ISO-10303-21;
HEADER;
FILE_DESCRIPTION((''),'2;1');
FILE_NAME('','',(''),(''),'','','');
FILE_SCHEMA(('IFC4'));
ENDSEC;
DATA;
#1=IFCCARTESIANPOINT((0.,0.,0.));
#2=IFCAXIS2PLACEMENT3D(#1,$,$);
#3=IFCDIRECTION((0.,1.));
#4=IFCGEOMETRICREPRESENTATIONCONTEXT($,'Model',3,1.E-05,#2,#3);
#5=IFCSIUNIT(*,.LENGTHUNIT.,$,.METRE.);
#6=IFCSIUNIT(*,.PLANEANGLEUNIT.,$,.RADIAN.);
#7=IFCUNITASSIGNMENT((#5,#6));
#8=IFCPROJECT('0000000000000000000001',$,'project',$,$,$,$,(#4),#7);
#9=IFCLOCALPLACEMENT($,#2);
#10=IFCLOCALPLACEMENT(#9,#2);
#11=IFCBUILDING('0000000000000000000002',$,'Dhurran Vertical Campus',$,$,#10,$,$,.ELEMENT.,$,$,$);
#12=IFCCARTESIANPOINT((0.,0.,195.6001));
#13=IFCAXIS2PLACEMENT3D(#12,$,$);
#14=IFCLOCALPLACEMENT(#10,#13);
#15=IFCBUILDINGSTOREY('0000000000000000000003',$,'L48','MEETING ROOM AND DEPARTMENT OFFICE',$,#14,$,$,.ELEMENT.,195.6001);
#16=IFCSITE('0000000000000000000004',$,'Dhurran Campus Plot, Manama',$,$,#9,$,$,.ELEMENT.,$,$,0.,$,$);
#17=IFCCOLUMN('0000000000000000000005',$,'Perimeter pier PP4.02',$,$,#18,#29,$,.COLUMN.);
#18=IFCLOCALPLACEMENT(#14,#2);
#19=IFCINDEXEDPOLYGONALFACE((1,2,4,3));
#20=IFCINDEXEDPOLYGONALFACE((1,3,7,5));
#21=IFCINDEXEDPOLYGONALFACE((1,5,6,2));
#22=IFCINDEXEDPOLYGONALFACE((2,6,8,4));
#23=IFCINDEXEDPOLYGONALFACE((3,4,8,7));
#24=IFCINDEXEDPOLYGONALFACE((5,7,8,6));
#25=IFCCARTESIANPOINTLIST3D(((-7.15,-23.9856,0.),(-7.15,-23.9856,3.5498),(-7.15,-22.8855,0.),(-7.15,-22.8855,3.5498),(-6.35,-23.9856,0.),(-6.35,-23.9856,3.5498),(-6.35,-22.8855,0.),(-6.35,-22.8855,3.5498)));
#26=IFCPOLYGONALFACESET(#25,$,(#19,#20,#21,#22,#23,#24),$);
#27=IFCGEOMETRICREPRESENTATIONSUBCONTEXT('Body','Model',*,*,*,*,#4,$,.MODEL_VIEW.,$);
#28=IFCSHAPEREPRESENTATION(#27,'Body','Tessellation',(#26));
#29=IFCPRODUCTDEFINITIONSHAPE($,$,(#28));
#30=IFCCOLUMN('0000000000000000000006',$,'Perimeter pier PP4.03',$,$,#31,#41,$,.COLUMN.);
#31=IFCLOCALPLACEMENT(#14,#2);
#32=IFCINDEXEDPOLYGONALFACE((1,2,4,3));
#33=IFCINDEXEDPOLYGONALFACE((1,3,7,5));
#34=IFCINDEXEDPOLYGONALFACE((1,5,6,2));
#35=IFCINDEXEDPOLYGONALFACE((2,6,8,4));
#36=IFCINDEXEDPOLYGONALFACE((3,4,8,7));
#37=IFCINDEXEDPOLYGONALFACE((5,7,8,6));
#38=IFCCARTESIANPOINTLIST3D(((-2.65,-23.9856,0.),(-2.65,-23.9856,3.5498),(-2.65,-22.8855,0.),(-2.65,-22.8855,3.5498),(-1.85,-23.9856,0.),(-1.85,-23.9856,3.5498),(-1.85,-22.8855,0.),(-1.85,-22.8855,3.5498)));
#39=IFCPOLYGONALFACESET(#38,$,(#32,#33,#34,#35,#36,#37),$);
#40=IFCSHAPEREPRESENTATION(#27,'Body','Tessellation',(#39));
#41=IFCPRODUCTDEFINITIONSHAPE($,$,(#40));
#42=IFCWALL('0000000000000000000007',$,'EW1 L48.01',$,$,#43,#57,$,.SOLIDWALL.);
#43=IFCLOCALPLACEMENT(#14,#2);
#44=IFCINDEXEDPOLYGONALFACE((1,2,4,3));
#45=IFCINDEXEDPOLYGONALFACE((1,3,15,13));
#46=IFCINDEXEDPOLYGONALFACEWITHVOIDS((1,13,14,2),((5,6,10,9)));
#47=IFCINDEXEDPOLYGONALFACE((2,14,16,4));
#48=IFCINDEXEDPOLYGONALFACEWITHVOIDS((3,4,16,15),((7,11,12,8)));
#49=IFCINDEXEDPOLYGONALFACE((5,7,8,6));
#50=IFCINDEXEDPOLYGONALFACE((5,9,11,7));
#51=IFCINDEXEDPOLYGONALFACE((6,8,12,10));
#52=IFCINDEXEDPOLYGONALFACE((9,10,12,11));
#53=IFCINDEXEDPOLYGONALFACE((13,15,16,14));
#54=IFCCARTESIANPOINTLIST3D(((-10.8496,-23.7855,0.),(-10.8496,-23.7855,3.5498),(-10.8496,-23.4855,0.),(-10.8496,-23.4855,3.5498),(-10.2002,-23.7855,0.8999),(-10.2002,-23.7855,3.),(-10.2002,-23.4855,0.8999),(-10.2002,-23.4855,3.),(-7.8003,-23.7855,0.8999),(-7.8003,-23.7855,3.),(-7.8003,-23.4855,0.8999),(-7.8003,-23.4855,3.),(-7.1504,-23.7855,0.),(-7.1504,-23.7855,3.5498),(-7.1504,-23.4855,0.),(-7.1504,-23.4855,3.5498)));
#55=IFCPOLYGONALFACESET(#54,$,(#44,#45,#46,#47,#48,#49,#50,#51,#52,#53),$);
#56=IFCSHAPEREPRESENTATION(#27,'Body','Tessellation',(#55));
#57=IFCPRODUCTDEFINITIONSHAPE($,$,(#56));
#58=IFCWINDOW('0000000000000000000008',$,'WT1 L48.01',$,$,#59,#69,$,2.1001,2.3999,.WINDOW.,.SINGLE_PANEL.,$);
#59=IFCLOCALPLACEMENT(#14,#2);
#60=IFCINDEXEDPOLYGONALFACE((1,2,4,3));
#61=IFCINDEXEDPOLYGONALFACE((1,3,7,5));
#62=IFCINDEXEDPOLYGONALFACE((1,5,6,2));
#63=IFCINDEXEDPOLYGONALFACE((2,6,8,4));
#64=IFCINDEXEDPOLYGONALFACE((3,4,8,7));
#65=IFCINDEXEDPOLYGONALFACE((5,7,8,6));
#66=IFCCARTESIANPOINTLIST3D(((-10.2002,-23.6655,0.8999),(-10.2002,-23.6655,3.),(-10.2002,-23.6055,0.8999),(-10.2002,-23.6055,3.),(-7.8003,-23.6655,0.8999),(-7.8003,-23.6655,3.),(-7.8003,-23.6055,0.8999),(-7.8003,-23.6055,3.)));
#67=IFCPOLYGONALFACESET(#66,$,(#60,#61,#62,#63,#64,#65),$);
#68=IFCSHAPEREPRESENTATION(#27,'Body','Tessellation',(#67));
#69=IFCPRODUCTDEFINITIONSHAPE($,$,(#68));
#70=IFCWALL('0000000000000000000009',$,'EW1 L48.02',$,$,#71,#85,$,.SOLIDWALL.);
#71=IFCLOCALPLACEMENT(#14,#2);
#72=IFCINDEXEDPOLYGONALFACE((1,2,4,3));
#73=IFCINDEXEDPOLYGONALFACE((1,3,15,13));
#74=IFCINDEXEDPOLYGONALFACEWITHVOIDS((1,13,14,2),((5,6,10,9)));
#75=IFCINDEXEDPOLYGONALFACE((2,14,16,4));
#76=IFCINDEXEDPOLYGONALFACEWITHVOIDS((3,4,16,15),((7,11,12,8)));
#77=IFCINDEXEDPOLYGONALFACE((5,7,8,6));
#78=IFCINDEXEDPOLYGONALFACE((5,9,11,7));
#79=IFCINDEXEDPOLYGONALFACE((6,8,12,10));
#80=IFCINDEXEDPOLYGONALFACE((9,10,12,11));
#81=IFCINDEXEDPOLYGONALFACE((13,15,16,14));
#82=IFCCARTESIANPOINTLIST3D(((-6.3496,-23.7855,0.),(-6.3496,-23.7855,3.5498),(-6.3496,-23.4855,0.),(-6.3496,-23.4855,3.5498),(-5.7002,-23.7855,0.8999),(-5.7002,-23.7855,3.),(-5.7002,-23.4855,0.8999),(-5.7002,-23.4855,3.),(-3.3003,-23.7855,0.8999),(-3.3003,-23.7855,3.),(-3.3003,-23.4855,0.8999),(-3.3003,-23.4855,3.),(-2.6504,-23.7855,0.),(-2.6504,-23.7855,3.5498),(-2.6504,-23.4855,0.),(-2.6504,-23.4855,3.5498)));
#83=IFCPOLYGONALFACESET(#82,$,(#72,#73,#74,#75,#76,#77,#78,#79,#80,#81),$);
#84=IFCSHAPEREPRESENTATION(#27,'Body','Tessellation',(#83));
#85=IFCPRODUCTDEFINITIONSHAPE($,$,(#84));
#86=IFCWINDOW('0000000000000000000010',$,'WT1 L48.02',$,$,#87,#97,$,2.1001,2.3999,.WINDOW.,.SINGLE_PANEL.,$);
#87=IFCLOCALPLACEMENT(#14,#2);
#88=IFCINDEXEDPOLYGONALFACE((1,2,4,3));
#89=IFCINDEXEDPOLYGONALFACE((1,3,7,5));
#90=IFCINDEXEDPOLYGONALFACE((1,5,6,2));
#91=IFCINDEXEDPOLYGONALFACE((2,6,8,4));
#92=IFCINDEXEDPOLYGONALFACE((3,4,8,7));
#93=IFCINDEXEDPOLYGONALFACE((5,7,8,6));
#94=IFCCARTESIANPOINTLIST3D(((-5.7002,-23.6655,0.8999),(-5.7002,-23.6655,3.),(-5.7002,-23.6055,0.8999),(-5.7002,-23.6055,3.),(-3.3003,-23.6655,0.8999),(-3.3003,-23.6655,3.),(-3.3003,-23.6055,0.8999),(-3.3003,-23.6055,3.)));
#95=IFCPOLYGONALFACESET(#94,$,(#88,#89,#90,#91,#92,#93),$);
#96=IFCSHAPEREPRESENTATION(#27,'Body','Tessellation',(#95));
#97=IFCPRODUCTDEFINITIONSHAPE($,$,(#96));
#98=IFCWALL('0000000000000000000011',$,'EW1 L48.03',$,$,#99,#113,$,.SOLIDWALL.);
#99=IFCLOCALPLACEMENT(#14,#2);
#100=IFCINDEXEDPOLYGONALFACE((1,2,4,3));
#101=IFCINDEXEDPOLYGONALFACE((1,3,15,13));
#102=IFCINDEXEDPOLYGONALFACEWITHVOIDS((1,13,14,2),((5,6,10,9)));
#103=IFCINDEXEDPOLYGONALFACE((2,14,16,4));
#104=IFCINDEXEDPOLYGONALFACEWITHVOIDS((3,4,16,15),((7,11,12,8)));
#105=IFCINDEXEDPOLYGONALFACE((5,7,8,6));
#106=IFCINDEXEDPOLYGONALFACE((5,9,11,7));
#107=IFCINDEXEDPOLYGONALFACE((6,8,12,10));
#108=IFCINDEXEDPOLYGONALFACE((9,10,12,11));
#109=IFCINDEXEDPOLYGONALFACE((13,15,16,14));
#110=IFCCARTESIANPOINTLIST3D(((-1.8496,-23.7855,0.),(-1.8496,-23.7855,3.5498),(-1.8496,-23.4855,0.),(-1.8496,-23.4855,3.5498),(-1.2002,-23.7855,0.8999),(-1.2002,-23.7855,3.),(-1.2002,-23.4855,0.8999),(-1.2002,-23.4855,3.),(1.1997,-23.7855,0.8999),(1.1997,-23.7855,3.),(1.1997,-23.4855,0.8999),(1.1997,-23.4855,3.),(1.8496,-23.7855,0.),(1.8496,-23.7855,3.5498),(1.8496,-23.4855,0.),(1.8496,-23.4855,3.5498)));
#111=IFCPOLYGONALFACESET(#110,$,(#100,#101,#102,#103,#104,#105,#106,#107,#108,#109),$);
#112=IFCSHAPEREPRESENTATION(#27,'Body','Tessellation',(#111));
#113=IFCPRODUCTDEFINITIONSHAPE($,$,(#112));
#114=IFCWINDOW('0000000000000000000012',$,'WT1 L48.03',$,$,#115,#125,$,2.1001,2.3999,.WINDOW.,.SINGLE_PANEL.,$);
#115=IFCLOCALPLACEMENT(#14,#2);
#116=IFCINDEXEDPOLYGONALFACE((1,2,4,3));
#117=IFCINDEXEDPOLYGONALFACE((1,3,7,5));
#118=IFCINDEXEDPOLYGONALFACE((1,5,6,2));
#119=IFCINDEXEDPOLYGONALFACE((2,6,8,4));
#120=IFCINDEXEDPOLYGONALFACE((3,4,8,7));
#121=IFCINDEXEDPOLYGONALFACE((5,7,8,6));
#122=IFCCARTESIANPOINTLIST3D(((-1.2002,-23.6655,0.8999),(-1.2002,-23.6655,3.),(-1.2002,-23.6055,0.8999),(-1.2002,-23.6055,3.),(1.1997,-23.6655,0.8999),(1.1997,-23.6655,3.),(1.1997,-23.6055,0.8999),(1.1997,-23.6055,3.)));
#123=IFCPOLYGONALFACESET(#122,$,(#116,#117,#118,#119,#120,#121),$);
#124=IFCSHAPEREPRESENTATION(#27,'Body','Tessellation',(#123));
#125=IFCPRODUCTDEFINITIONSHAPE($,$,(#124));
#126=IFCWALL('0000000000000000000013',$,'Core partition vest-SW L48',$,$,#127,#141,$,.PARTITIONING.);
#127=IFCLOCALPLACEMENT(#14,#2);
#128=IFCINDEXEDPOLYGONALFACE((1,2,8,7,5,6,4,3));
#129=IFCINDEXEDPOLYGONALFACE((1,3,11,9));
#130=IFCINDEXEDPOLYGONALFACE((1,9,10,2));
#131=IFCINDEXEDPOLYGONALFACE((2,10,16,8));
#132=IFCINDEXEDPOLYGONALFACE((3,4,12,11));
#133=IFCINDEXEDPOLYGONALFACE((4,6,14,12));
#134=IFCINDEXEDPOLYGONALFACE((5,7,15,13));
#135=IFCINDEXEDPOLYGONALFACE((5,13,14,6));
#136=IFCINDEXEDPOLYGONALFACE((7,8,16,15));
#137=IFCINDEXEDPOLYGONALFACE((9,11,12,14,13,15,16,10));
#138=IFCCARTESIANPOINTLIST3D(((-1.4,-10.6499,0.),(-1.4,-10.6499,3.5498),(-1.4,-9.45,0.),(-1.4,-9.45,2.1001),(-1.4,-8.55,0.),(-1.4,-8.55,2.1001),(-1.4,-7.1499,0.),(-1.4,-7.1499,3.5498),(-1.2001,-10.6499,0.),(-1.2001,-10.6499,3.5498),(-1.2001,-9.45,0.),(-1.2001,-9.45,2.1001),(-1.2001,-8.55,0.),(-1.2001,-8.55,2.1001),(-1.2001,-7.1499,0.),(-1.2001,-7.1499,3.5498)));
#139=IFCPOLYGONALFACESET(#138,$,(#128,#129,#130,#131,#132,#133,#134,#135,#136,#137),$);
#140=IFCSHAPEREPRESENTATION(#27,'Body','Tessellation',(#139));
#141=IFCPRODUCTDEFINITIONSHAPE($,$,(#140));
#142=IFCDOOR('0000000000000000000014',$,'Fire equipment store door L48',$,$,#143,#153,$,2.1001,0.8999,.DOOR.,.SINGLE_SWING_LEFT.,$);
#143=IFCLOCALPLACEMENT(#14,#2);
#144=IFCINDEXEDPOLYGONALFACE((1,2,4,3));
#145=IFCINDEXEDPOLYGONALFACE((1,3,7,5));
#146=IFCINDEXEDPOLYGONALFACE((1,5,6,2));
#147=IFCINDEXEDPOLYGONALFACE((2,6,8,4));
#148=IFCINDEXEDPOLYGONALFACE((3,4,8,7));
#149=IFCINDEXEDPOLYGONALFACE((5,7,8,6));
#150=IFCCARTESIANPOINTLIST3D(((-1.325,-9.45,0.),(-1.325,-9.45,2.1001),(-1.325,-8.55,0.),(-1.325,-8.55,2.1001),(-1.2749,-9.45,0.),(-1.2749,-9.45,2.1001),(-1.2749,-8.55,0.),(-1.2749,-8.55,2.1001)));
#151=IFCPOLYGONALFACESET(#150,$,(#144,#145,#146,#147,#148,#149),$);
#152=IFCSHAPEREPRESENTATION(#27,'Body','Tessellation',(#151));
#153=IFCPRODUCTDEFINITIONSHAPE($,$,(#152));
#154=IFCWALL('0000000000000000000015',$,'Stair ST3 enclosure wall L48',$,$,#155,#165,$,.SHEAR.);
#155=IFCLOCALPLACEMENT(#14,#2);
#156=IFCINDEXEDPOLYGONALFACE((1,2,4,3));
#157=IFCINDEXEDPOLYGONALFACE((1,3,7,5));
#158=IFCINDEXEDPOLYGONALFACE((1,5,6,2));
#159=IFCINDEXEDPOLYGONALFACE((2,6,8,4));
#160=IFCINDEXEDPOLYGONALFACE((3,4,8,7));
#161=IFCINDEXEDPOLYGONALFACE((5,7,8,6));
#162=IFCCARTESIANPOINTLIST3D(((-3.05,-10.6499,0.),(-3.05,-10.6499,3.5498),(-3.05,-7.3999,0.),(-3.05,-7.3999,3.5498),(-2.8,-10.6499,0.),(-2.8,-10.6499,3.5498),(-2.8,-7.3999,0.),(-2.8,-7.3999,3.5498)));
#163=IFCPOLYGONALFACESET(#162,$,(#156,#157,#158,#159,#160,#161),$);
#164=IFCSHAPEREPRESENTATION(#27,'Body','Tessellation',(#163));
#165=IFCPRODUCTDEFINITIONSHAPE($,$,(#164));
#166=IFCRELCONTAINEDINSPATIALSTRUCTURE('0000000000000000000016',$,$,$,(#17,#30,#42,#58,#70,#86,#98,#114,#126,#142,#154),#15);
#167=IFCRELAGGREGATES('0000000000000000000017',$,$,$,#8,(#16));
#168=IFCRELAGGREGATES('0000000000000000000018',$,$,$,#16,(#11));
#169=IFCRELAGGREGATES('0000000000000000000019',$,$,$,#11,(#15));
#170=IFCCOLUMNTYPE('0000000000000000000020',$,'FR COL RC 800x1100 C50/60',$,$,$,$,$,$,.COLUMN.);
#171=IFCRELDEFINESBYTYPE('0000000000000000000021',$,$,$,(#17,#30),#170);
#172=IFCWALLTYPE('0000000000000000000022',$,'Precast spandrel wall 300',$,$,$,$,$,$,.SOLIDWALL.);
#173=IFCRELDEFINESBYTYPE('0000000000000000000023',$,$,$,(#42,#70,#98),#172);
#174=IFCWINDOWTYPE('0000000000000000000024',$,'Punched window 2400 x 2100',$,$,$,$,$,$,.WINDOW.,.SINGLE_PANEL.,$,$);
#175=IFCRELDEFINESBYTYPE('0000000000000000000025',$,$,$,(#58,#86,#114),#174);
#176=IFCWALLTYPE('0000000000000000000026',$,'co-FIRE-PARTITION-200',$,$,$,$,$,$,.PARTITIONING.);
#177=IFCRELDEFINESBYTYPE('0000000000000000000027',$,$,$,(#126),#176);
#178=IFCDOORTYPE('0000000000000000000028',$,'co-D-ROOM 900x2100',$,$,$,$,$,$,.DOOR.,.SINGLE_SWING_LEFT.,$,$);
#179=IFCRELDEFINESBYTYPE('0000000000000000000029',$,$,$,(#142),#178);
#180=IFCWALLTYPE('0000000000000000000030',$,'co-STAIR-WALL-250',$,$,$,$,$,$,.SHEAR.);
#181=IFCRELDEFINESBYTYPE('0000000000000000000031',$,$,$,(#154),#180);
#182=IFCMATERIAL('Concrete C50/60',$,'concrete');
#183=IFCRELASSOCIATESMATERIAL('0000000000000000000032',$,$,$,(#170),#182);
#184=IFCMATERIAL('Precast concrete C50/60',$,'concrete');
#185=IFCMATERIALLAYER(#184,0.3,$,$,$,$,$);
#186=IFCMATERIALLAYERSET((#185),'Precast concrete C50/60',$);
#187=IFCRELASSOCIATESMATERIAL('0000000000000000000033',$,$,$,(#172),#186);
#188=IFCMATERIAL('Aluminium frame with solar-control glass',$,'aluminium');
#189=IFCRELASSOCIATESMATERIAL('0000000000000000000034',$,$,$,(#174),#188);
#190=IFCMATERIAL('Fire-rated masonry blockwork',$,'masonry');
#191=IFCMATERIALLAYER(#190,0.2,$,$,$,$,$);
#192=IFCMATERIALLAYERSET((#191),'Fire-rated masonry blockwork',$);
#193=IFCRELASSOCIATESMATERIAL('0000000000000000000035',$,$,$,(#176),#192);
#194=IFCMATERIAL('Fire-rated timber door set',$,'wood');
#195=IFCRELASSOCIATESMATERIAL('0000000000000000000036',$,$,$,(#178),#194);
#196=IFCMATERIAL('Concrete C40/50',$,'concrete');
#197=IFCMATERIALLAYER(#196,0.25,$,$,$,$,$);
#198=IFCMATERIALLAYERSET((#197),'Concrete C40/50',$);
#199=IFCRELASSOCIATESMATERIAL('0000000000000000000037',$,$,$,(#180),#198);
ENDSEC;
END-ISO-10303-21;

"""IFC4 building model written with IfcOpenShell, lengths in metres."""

from ifc_helpers import new_model, si_unit, direction, frame, frame_2d, origin, origin_2d, place, context, subcontext, project, spatial, rectangle, extrude, material, layer, layer_set, material_profile, profile_set, type_object, element, fill, save


model = new_model("IFC4")

# Units and contexts
model_context = context("Model", 3, precision=1e-05, world=origin(), true_north=direction((0.0, 1.0)))
body_context = subcontext(model_context, "Body", "Model", "MODEL_VIEW")
ifc_project = project(units=[si_unit("LENGTHUNIT", "METRE"), si_unit("PLANEANGLEUNIT", "RADIAN")], contexts=[model_context])

# Site, building, storey
site_placement = place(None, origin())
site = spatial("IfcSite", under=ifc_project, at=site_placement, Name="Dhurran Campus Plot, Manama", CompositionType="ELEMENT", RefElevation=0.0)
building_placement = place(site_placement, origin())
building = spatial("IfcBuilding", under=site, at=building_placement, Name="Dhurran Vertical Campus", CompositionType="ELEMENT")
storey_placement = place(building_placement, frame((0.0, 0.0, 195.6001)))
storey = spatial("IfcBuildingStorey", under=building, at=storey_placement, Name="L48", Description="MEETING ROOM AND DEPARTMENT OFFICE", CompositionType="ELEMENT", Elevation=195.6001)

# Columns
ifc_material_1 = material(Name="Concrete C50/60", Category="concrete")
ifc_material_profile = material_profile(ifc_material_1, rectangle(XDim=0.8, YDim=1.1001, at=origin_2d()), Name="RC 800x1100")
ifc_profile_set = profile_set([ifc_material_profile], Name="Concrete C50/60")
column_type = type_object("IfcColumnType", Name="FR COL RC 800x1100 C50/60", PredefinedType="COLUMN", material=ifc_profile_set)
for number, where, z_axis, x_axis, name in (
    (1, (-6.75, -23.4355, 0.0), (0.0, 0.0, 1.0), (1.0, 0.0, 0.0), "Perimeter pier PP4.02"),
    (2, (-2.25, -23.4355, 0.0), (0.0, 0.0, 1.0), (1.0, 0.0, 0.0), "Perimeter pier PP4.03"),
):
    element("IfcColumn", number, at=place(storey_placement, frame(where, z_axis=z_axis, x_axis=x_axis)), inside=storey, type_object=column_type, Name=name, PredefinedType="COLUMN", context=body_context, shape_type="SweptSolid", body=[
        extrude(rectangle(XDim=0.8, YDim=1.1001, at=origin_2d()), origin(), (0.0, 0.0, 1.0), 3.5498),
    ])

# Walls, openings, windows
ifc_material_2 = material(Name="Precast concrete C50/60", Category="concrete")
ifc_layer_1 = layer(ifc_material_2, 0.3)
ifc_layer_set_1 = layer_set([ifc_layer_1], Name="Precast concrete C50/60")
wall_type_1 = type_object("IfcWallType", Name="Precast spandrel wall 300", PredefinedType="SOLIDWALL", material=ifc_layer_set_1)
wall_1_placement = place(storey_placement, frame((-10.8496, -23.6355, 0.0), z_axis=(0.0, 0.0, 1.0), x_axis=(1.0, 0.0, 0.0)))
wall_1 = element("IfcWall", 3, at=wall_1_placement, inside=storey, type_object=wall_type_1, Name="EW1 L48.01", PredefinedType="SOLIDWALL", context=body_context, shape_type="SweptSolid", body=[
    extrude(rectangle(XDim=3.6992, YDim=0.3, at=frame_2d((1.8496, 0.0))), origin(), (0.0, 0.0, 1.0), 3.5498),
])
opening_1_placement = place(wall_1_placement, frame((0.6494, 0.0, 0.8999)))
opening_1 = element("IfcOpeningElement", 4, at=opening_1_placement, cuts=wall_1, PredefinedType="OPENING", context=body_context, shape_type="SweptSolid", body=[
    extrude(rectangle(XDim=2.3999, YDim=2.1001, at=frame_2d((1.2, 1.05))), frame((0.0, 0.1599, 0.0), z_axis=(0.0, -1.0, 0.0), x_axis=(1.0, 0.0, 0.0)), (0.0, 0.0, 1.0), 0.3201),
])
ifc_material_3 = material(Name="Aluminium frame with solar-control glass", Category="aluminium")
window_type = type_object("IfcWindowType", Name="Punched window 2400 x 2100", PartitioningType="SINGLE_PANEL", PredefinedType="WINDOW", material=ifc_material_3)
window_1_placement = place(opening_1_placement, origin())
window_1 = element("IfcWindow", 5, at=window_1_placement, inside=storey, type_object=window_type, Name="WT1 L48.01", OverallHeight=2.1001, OverallWidth=2.3999, PartitioningType="SINGLE_PANEL", PredefinedType="WINDOW", context=body_context, shape_type="SweptSolid", body=[
    extrude(rectangle(XDim=2.3999, YDim=2.1001, at=frame_2d((1.2, 1.05))), frame((0.0, 0.03, 0.0), z_axis=(0.0, -1.0, 0.0), x_axis=(1.0, 0.0, 0.0)), (0.0, 0.0, 1.0), 0.0601),
])
fill(opening_1, window_1)
wall_2_placement = place(storey_placement, frame((-6.3496, -23.6355, 0.0), z_axis=(0.0, 0.0, 1.0), x_axis=(1.0, 0.0, 0.0)))
wall_2 = element("IfcWall", 6, at=wall_2_placement, inside=storey, type_object=wall_type_1, Name="EW1 L48.02", PredefinedType="SOLIDWALL", context=body_context, shape_type="SweptSolid", body=[
    extrude(rectangle(XDim=3.6992, YDim=0.3, at=frame_2d((1.8496, 0.0))), origin(), (0.0, 0.0, 1.0), 3.5498),
])
opening_2_placement = place(wall_2_placement, frame((0.6494, 0.0, 0.8999)))
opening_2 = element("IfcOpeningElement", 7, at=opening_2_placement, cuts=wall_2, PredefinedType="OPENING", context=body_context, shape_type="SweptSolid", body=[
    extrude(rectangle(XDim=2.3999, YDim=2.1001, at=frame_2d((1.2, 1.05))), frame((0.0, 0.1599, 0.0), z_axis=(0.0, -1.0, 0.0), x_axis=(1.0, 0.0, 0.0)), (0.0, 0.0, 1.0), 0.3201),
])
window_2_placement = place(opening_2_placement, origin())
window_2 = element("IfcWindow", 8, at=window_2_placement, inside=storey, type_object=window_type, Name="WT1 L48.02", OverallHeight=2.1001, OverallWidth=2.3999, PartitioningType="SINGLE_PANEL", PredefinedType="WINDOW", context=body_context, shape_type="SweptSolid", body=[
    extrude(rectangle(XDim=2.3999, YDim=2.1001, at=frame_2d((1.2, 1.05))), frame((0.0, 0.03, 0.0), z_axis=(0.0, -1.0, 0.0), x_axis=(1.0, 0.0, 0.0)), (0.0, 0.0, 1.0), 0.0601),
])
fill(opening_2, window_2)
wall_3_placement = place(storey_placement, frame((-1.8496, -23.6355, 0.0), z_axis=(0.0, 0.0, 1.0), x_axis=(1.0, 0.0, 0.0)))
wall_3 = element("IfcWall", 9, at=wall_3_placement, inside=storey, type_object=wall_type_1, Name="EW1 L48.03", PredefinedType="SOLIDWALL", context=body_context, shape_type="SweptSolid", body=[
    extrude(rectangle(XDim=3.6992, YDim=0.3, at=frame_2d((1.8496, 0.0))), origin(), (0.0, 0.0, 1.0), 3.5498),
])
opening_3_placement = place(wall_3_placement, frame((0.6494, 0.0, 0.8999)))
opening_3 = element("IfcOpeningElement", 10, at=opening_3_placement, cuts=wall_3, PredefinedType="OPENING", context=body_context, shape_type="SweptSolid", body=[
    extrude(rectangle(XDim=2.3999, YDim=2.1001, at=frame_2d((1.2, 1.05))), frame((0.0, 0.1599, 0.0), z_axis=(0.0, -1.0, 0.0), x_axis=(1.0, 0.0, 0.0)), (0.0, 0.0, 1.0), 0.3201),
])
window_3_placement = place(opening_3_placement, origin())
window_3 = element("IfcWindow", 11, at=window_3_placement, inside=storey, type_object=window_type, Name="WT1 L48.03", OverallHeight=2.1001, OverallWidth=2.3999, PartitioningType="SINGLE_PANEL", PredefinedType="WINDOW", context=body_context, shape_type="SweptSolid", body=[
    extrude(rectangle(XDim=2.3999, YDim=2.1001, at=frame_2d((1.2, 1.05))), frame((0.0, 0.03, 0.0), z_axis=(0.0, -1.0, 0.0), x_axis=(1.0, 0.0, 0.0)), (0.0, 0.0, 1.0), 0.0601),
])
fill(opening_3, window_3)

# Wall, opening, door
ifc_material_4 = material(Name="Fire-rated masonry blockwork", Category="masonry")
ifc_layer_2 = layer(ifc_material_4, 0.2)
ifc_layer_set_2 = layer_set([ifc_layer_2], Name="Fire-rated masonry blockwork")
wall_type_2 = type_object("IfcWallType", Name="co-FIRE-PARTITION-200", PredefinedType="PARTITIONING", material=ifc_layer_set_2)
wall_4_placement = place(storey_placement, frame((-1.3, -10.6499, 0.0), z_axis=(0.0, 0.0, 1.0), x_axis=(0.0, 1.0, 0.0)))
wall_4 = element("IfcWall", 12, at=wall_4_placement, inside=storey, type_object=wall_type_2, Name="Core partition vest-SW L48", PredefinedType="PARTITIONING", context=body_context, shape_type="SweptSolid", body=[
    extrude(rectangle(XDim=3.5, YDim=0.2, at=frame_2d((1.75, 0.0))), origin(), (0.0, 0.0, 1.0), 3.5498),
])
opening_4_placement = place(wall_4_placement, frame((1.2, 0.0, 0.0)))
opening_4 = element("IfcOpeningElement", 13, at=opening_4_placement, cuts=wall_4, PredefinedType="OPENING", context=body_context, shape_type="SweptSolid", body=[
    extrude(rectangle(XDim=0.8999, YDim=2.1001, at=frame_2d((0.45, 1.05))), frame((0.0, 0.1099, 0.0), z_axis=(0.0, -1.0, 0.0), x_axis=(1.0, 0.0, 0.0)), (0.0, 0.0, 1.0), 0.22),
])
ifc_material_5 = material(Name="Fire-rated timber door set", Category="wood")
door_type_1 = type_object("IfcDoorType", Name="co-D-ROOM 900x2100", OperationType="SINGLE_SWING_LEFT", PredefinedType="DOOR", material=ifc_material_5)
door_1_placement = place(opening_4_placement, origin())
door_1 = element("IfcDoor", 14, at=door_1_placement, inside=storey, type_object=door_type_1, Name="Fire equipment store door L48", OperationType="SINGLE_SWING_LEFT", OverallHeight=2.1001, OverallWidth=0.8999, PredefinedType="DOOR", context=body_context, shape_type="SweptSolid", body=[
    extrude(rectangle(XDim=0.8999, YDim=2.1001, at=frame_2d((0.45, 1.05))), frame((0.0, 0.0249, 0.0), z_axis=(0.0, -1.0, 0.0), x_axis=(1.0, 0.0, 0.0)), (0.0, 0.0, 1.0), 0.05),
])
fill(opening_4, door_1)

# Wall
ifc_material_6 = material(Name="Concrete C40/50", Category="concrete")
ifc_layer_3 = layer(ifc_material_6, 0.25)
ifc_layer_set_3 = layer_set([ifc_layer_3], Name="Concrete C40/50")
wall_type_3 = type_object("IfcWallType", Name="co-STAIR-WALL-250", PredefinedType="SHEAR", material=ifc_layer_set_3)
wall_5_placement = place(storey_placement, frame((-2.925, -10.6499, 0.0), z_axis=(0.0, 0.0, 1.0), x_axis=(0.0, 1.0, 0.0)))
element("IfcWall", 15, at=wall_5_placement, inside=storey, type_object=wall_type_3, Name="Stair ST3 enclosure wall L48", PredefinedType="SHEAR", context=body_context, shape_type="SweptSolid", body=[
    extrude(rectangle(XDim=3.25, YDim=0.25, at=frame_2d((1.625, 0.0))), origin(), (0.0, 0.0, 1.0), 3.5498),
])

save(model, "model.ifc")
